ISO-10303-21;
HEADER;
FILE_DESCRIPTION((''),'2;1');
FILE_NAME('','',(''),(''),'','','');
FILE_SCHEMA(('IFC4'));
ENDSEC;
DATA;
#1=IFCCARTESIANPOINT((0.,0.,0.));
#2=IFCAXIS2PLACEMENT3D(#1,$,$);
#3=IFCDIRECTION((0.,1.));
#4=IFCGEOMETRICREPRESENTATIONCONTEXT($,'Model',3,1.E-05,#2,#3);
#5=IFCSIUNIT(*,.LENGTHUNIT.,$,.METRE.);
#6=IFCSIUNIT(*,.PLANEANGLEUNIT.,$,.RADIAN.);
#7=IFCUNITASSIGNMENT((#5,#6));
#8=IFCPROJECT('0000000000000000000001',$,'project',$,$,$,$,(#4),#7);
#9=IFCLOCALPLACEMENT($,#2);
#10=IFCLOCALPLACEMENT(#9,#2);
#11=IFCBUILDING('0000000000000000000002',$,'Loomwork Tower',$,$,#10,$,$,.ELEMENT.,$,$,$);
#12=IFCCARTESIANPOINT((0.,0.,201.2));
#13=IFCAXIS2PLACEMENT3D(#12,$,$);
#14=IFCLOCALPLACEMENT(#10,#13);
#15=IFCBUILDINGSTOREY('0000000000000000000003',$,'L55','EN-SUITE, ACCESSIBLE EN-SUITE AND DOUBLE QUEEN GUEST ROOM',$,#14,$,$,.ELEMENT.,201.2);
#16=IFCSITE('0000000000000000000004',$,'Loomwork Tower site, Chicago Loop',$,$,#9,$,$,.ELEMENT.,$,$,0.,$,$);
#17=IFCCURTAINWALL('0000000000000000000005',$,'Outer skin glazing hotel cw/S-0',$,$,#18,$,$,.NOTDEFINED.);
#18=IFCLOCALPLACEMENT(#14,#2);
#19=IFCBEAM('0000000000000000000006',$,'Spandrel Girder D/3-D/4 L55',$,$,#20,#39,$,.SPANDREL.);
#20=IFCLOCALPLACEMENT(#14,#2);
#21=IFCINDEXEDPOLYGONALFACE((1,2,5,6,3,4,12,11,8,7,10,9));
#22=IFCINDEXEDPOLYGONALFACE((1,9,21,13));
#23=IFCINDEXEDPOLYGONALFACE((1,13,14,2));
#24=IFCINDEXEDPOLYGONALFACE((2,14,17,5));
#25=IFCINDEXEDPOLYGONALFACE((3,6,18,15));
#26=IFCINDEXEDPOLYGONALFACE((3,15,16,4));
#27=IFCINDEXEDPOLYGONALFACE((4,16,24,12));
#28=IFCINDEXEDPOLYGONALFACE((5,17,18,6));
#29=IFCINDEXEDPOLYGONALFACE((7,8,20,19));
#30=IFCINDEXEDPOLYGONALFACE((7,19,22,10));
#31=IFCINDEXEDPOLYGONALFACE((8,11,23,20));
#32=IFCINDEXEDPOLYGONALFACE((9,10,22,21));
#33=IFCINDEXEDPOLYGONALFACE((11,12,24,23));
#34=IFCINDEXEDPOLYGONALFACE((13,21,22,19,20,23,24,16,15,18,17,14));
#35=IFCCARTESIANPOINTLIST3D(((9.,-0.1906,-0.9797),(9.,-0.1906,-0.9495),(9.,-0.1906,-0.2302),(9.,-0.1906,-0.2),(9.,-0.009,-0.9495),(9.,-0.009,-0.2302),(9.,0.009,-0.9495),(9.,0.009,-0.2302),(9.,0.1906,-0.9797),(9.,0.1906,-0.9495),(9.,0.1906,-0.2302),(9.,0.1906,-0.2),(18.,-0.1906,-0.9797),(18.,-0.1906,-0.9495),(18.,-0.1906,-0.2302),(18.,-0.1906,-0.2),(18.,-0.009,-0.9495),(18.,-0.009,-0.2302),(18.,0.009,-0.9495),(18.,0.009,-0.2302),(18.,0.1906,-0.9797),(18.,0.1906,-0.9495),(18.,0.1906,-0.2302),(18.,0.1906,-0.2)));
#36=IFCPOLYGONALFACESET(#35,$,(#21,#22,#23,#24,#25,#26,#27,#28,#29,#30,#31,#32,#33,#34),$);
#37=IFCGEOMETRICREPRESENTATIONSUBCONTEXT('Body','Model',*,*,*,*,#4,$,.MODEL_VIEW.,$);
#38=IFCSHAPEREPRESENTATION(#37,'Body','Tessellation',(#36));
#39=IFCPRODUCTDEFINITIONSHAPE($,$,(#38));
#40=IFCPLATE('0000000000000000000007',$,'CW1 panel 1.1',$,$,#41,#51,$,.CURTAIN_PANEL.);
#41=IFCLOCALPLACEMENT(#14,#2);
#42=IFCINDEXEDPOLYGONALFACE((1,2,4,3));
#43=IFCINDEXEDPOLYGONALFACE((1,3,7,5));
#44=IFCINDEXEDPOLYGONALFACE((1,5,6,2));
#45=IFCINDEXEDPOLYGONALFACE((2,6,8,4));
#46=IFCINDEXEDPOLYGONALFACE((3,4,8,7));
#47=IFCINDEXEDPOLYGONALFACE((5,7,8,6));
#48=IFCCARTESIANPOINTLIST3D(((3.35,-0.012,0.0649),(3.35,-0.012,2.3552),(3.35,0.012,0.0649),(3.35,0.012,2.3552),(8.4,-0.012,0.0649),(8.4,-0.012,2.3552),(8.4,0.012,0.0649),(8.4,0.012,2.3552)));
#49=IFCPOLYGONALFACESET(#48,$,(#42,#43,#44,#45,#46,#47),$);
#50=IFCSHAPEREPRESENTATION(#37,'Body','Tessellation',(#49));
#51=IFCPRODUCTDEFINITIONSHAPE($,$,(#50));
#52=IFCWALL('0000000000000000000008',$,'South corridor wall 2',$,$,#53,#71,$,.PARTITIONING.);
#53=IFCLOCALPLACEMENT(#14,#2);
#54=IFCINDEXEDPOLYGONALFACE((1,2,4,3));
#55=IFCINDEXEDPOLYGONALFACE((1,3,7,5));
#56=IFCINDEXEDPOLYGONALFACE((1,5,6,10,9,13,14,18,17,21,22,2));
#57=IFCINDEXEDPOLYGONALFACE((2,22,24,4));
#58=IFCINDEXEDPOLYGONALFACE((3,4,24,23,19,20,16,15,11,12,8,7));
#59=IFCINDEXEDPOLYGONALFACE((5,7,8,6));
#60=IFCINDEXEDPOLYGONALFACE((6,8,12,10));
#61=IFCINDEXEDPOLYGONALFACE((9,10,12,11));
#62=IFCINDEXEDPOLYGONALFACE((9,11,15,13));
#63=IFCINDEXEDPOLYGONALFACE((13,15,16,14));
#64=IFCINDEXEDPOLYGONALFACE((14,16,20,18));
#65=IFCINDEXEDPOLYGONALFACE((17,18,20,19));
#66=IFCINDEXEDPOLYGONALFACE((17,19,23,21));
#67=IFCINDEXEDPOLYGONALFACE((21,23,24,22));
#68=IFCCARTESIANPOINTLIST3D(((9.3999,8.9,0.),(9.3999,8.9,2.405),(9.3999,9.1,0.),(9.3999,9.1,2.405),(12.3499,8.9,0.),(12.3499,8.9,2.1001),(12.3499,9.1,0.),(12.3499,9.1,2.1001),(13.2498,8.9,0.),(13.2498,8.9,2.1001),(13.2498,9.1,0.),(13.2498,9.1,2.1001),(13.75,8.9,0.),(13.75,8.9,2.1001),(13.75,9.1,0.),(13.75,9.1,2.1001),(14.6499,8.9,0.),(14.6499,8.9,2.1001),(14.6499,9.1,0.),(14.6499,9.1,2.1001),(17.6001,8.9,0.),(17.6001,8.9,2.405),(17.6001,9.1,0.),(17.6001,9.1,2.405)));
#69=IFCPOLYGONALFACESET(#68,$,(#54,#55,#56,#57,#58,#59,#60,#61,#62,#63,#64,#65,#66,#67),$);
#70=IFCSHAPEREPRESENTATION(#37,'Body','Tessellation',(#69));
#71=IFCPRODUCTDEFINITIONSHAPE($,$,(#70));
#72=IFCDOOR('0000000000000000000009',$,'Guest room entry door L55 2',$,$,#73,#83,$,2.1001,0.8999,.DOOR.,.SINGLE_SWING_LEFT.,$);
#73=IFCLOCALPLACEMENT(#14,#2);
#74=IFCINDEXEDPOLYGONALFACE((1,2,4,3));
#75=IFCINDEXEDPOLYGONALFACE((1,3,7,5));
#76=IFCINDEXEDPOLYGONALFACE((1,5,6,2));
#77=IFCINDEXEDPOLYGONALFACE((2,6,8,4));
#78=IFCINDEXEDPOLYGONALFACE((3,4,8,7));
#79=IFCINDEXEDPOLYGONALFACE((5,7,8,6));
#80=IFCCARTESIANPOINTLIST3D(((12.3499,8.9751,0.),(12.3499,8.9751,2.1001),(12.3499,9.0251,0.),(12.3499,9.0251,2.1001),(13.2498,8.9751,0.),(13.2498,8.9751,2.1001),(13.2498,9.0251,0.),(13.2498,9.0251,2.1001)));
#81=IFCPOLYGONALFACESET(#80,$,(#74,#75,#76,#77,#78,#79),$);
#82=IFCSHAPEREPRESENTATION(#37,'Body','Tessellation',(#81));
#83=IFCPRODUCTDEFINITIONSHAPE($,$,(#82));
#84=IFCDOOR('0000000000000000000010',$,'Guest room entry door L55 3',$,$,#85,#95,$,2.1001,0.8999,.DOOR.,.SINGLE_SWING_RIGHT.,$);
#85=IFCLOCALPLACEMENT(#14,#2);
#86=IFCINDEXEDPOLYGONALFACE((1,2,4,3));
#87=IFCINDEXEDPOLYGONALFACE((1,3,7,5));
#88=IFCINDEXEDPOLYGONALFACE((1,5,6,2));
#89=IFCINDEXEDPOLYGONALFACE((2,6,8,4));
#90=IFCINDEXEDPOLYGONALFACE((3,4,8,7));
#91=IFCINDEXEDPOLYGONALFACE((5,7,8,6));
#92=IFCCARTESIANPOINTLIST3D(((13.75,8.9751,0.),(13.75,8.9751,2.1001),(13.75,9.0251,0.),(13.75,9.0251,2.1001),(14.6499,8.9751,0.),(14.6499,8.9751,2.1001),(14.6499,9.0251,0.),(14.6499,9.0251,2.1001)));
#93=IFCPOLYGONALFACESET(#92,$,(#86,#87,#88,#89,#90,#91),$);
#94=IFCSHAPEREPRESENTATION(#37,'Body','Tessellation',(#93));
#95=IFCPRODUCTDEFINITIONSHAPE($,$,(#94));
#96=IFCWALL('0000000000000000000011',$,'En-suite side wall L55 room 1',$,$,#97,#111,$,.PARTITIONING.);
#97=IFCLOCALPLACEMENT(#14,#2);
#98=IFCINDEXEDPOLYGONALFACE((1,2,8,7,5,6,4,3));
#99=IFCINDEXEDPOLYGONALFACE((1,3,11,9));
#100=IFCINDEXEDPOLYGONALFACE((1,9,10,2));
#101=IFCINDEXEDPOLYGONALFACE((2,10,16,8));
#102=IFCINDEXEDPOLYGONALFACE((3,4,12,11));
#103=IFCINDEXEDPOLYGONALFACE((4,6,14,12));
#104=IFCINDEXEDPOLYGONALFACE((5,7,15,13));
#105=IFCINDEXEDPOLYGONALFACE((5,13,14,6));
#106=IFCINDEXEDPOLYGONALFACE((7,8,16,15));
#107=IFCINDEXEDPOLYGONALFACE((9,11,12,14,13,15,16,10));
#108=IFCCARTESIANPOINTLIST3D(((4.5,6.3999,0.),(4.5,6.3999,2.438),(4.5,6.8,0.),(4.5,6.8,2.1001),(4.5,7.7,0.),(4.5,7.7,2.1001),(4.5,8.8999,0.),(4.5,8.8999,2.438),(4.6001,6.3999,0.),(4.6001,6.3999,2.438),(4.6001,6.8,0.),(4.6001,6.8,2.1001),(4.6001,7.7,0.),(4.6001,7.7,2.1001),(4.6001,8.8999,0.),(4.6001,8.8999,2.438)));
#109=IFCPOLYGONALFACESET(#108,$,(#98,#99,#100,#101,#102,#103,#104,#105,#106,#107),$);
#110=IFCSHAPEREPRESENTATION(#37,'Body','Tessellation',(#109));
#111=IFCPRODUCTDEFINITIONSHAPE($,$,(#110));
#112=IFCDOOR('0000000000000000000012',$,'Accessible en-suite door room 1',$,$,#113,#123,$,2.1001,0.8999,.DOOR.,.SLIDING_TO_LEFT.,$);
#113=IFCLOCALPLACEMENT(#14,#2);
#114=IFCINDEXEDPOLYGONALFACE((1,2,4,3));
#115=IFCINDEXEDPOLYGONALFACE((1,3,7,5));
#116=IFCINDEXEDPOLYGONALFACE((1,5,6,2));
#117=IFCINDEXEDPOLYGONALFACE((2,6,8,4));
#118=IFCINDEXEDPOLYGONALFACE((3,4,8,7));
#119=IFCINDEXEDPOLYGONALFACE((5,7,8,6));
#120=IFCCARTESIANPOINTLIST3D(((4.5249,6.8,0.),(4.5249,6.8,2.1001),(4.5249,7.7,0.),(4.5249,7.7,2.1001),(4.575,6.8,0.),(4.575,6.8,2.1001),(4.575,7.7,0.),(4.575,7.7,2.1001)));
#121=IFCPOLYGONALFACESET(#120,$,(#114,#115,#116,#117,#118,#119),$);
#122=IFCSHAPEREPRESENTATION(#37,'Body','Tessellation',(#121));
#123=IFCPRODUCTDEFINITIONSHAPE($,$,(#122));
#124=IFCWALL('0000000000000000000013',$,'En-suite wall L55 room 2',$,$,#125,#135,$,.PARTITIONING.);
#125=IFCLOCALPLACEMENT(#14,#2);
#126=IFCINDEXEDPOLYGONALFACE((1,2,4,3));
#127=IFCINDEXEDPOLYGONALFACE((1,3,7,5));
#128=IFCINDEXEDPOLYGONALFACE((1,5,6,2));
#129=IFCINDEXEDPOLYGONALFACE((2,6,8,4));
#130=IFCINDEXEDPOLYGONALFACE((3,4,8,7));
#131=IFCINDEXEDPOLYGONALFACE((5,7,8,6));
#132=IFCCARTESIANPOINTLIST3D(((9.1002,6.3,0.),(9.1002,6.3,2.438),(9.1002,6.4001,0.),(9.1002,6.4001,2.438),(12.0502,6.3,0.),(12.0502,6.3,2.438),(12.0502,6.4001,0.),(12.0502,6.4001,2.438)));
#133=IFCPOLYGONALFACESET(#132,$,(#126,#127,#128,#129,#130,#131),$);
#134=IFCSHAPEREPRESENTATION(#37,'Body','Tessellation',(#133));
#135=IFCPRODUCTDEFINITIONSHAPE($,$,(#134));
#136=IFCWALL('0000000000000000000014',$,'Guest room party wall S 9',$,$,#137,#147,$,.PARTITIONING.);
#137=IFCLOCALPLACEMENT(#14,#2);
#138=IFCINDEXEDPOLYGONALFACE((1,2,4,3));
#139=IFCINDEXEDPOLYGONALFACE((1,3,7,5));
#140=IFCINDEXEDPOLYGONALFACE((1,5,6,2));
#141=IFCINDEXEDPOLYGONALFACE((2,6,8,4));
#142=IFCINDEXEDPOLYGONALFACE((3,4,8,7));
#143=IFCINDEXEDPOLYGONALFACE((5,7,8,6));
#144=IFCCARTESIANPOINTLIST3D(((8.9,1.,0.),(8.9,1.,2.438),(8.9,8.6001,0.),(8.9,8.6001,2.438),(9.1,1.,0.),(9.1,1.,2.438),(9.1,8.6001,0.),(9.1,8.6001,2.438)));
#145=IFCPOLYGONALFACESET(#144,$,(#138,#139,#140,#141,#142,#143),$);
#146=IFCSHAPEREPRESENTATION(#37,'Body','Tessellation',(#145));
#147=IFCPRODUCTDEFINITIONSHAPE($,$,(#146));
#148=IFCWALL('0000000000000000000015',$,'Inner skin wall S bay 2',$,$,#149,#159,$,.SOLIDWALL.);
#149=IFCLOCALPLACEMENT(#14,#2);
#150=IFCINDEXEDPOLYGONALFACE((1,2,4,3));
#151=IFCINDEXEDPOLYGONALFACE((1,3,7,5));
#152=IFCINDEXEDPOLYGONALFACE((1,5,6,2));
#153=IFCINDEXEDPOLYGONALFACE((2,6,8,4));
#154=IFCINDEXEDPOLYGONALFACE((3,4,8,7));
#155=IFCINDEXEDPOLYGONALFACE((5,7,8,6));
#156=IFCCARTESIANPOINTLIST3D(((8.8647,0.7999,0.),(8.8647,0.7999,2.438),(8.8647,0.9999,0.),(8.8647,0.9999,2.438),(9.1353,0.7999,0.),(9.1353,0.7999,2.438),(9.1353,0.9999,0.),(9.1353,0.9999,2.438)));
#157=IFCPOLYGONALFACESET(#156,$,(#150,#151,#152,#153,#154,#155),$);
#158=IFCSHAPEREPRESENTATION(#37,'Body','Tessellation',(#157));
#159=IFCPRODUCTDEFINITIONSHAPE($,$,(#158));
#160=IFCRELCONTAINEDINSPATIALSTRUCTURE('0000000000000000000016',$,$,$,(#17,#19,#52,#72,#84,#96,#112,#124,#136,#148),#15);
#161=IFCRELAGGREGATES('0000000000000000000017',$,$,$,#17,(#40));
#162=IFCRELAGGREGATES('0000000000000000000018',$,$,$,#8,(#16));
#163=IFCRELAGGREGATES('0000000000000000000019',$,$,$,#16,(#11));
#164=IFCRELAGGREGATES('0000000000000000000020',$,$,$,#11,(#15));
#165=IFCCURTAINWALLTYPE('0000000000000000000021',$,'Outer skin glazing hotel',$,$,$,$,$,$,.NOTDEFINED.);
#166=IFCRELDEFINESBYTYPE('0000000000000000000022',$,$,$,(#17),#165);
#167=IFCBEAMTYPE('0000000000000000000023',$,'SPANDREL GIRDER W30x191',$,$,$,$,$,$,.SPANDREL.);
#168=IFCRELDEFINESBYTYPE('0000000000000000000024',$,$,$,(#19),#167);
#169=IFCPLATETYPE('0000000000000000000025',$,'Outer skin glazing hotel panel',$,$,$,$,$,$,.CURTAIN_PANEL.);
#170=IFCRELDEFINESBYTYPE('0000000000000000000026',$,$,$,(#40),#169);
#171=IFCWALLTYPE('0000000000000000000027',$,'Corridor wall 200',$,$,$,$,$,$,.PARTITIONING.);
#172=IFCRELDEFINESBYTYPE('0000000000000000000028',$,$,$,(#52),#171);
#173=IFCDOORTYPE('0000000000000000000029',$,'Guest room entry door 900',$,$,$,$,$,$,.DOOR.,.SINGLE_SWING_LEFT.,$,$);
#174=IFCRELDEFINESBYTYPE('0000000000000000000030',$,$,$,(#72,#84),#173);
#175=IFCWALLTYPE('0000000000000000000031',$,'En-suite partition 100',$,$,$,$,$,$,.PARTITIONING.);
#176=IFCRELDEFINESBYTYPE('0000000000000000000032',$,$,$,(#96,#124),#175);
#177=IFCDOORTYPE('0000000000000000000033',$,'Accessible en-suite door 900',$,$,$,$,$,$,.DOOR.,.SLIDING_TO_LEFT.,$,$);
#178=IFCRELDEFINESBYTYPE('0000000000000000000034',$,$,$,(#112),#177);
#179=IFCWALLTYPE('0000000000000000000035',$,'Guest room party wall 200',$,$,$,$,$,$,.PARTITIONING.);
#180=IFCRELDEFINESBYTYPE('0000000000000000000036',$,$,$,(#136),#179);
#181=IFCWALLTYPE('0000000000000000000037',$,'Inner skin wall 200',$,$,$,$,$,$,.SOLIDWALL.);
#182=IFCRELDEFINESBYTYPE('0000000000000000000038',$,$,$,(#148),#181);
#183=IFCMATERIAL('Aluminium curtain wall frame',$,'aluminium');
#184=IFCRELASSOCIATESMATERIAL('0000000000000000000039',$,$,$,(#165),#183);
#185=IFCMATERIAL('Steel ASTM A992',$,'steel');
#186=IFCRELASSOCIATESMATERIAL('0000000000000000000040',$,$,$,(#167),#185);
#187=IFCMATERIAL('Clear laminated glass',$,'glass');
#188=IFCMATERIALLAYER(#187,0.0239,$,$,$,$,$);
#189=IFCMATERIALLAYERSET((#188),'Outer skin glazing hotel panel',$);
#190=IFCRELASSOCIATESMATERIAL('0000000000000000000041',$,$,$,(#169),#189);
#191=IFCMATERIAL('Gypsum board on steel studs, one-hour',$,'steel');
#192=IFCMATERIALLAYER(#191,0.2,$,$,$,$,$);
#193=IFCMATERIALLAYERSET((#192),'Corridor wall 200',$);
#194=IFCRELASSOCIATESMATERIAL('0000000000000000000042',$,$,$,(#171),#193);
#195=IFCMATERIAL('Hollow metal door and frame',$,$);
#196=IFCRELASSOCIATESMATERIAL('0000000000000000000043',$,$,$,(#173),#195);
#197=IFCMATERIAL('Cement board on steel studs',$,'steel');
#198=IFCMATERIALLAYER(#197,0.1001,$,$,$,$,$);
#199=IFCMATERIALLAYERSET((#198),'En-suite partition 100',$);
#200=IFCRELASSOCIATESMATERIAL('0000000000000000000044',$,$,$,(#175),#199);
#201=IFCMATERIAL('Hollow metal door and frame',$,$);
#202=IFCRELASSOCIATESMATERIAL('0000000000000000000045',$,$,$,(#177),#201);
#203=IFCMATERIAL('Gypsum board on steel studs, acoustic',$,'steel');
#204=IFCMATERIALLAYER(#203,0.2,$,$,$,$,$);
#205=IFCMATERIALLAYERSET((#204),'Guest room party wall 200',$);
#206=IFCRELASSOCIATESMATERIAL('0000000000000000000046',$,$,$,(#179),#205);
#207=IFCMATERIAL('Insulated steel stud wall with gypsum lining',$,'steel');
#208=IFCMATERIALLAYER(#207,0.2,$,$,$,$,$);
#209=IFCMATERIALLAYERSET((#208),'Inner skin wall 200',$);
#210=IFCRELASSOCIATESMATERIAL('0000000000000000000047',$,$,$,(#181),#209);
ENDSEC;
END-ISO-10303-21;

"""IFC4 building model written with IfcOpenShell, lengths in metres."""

from ifc_helpers import new_model, si_unit, direction, frame, frame_2d, origin, origin_2d, place, context, subcontext, project, spatial, rectangle, i_section, extrude, material, layer, layer_set, material_profile, profile_set, type_object, element, fill, aggregate, save


model = new_model("IFC4")

# Units and contexts
model_context = context("Model", 3, precision=1e-05, world=origin(), true_north=direction((0.0, 1.0)))
body_context = subcontext(model_context, "Body", "Model", "MODEL_VIEW")
ifc_project = project(units=[si_unit("LENGTHUNIT", "METRE"), si_unit("PLANEANGLEUNIT", "RADIAN")], contexts=[model_context])

# Site, building, storey
site_placement = place(None, origin())
site = spatial("IfcSite", under=ifc_project, at=site_placement, Name="Loomwork Tower site, Chicago Loop", CompositionType="ELEMENT", RefElevation=0.0)
building_placement = place(site_placement, origin())
building = spatial("IfcBuilding", under=site, at=building_placement, Name="Loomwork Tower", CompositionType="ELEMENT")
storey_placement = place(building_placement, frame((0.0, 0.0, 201.2)))
storey = spatial("IfcBuildingStorey", under=building, at=storey_placement, Name="L55", Description="EN-SUITE, ACCESSIBLE EN-SUITE AND DOUBLE QUEEN GUEST ROOM", CompositionType="ELEMENT", Elevation=201.2)

# Curtain wall
ifc_material_1 = material(Name="Aluminium curtain wall frame", Category="aluminium")
curtain_wall_type = type_object("IfcCurtainWallType", Name="Outer skin glazing hotel", PredefinedType="NOTDEFINED", material=ifc_material_1)
curtain_wall_1_placement = place(storey_placement, origin())
curtain_wall_1 = element("IfcCurtainWall", 1, at=curtain_wall_1_placement, inside=storey, type_object=curtain_wall_type, Name="Outer skin glazing hotel cw/S-0", PredefinedType="NOTDEFINED")

# Beam
ifc_material_2 = material(Name="Steel ASTM A992", Category="steel")
ifc_material_profile_1 = material_profile(ifc_material_2, i_section(OverallWidth=0.3811, OverallDepth=0.7798, WebThickness=0.0181, FlangeThickness=0.0303, at=origin_2d()), Name="W30x191")
ifc_profile_set_1 = profile_set([ifc_material_profile_1], Name="Steel ASTM A992")
beam_type_1 = type_object("IfcBeamType", Name="SPANDREL GIRDER W30x191", PredefinedType="SPANDREL", material=ifc_profile_set_1)
beam_1_placement = place(storey_placement, frame((9.0, 0.0, -0.5898), z_axis=(1.0, 0.0, 0.0), x_axis=(0.0, 1.0, 0.0)))
element("IfcBeam", 2, at=beam_1_placement, inside=storey, type_object=beam_type_1, Name="Spandrel Girder D/3-D/4 L55", PredefinedType="SPANDREL", context=body_context, shape_type="SweptSolid", body=[
    extrude(i_section(OverallWidth=0.3811, OverallDepth=0.7798, WebThickness=0.0181, FlangeThickness=0.0303, at=origin_2d()), origin(), (0.0, 0.0, 1.0), 9.0),
])

# Plate
ifc_material_3 = material(Name="Clear laminated glass", Category="glass")
ifc_layer_1 = layer(ifc_material_3, 0.0239)
ifc_layer_set_1 = layer_set([ifc_layer_1], Name="Outer skin glazing hotel panel")
plate_type = type_object("IfcPlateType", Name="Outer skin glazing hotel panel", PredefinedType="CURTAIN_PANEL", material=ifc_layer_set_1)
plate_placement = place(storey_placement, frame((5.875, 0.0, 0.0649), z_axis=(0.0, 0.0, 1.0), x_axis=(1.0, 0.0, 0.0)))
plate = element("IfcPlate", 3, at=plate_placement, type_object=plate_type, Name="CW1 panel 1.1", PredefinedType="CURTAIN_PANEL", context=body_context, shape_type="SweptSolid", body=[
    extrude(rectangle(XDim=5.05, YDim=0.0239, at=origin_2d()), origin(), (0.0, 0.0, 1.0), 2.2903),
])
aggregate(curtain_wall_1, [plate])

# Wall, openings, doors
ifc_material_4 = material(Name="Gypsum board on steel studs, one-hour", Category="steel")
ifc_layer_2 = layer(ifc_material_4, 0.2)
ifc_layer_set_2 = layer_set([ifc_layer_2], Name="Corridor wall 200")
wall_type_1 = type_object("IfcWallType", Name="Corridor wall 200", PredefinedType="PARTITIONING", material=ifc_layer_set_2)
wall_1_placement = place(storey_placement, frame((9.3999, 9.0, 0.0), z_axis=(0.0, 0.0, 1.0), x_axis=(1.0, 0.0, 0.0)))
wall_1 = element("IfcWall", 4, at=wall_1_placement, inside=storey, type_object=wall_type_1, Name="South corridor wall 2", PredefinedType="PARTITIONING", context=body_context, shape_type="SweptSolid", body=[
    extrude(rectangle(XDim=8.2002, YDim=0.2, at=frame_2d((4.1001, 0.0))), origin(), (0.0, 0.0, 1.0), 2.405),
])
opening_1_placement = place(wall_1_placement, frame((2.95, 0.0, 0.0)))
opening_1 = element("IfcOpeningElement", 5, at=opening_1_placement, cuts=wall_1, PredefinedType="OPENING", context=body_context, shape_type="SweptSolid", body=[
    extrude(rectangle(XDim=0.8999, YDim=2.1001, at=frame_2d((0.45, 1.05))), frame((0.0, 0.1099, 0.0), z_axis=(0.0, -1.0, 0.0), x_axis=(1.0, 0.0, 0.0)), (0.0, 0.0, 1.0), 0.22),
])
opening_2_placement = place(wall_1_placement, frame((4.3501, 0.0, 0.0)))
opening_2 = element("IfcOpeningElement", 6, at=opening_2_placement, cuts=wall_1, PredefinedType="OPENING", context=body_context, shape_type="SweptSolid", body=[
    extrude(rectangle(XDim=0.8999, YDim=2.1001, at=frame_2d((0.45, 1.05))), frame((0.0, 0.1099, 0.0), z_axis=(0.0, -1.0, 0.0), x_axis=(1.0, 0.0, 0.0)), (0.0, 0.0, 1.0), 0.22),
])
ifc_material_5 = material(Name="Hollow metal door and frame")
door_type_1 = type_object("IfcDoorType", Name="Guest room entry door 900", OperationType="SINGLE_SWING_LEFT", PredefinedType="DOOR", material=ifc_material_5)
door_1_placement = place(opening_1_placement, frame((0.8999, 0.0, 0.0), z_axis=(0.0, 0.0, 1.0), x_axis=(-1.0, 0.0, 0.0)))
door_1 = element("IfcDoor", 7, at=door_1_placement, inside=storey, type_object=door_type_1, Name="Guest room entry door L55 2", OperationType="SINGLE_SWING_LEFT", OverallHeight=2.1001, OverallWidth=0.8999, PredefinedType="DOOR", context=body_context, shape_type="SweptSolid", body=[
    extrude(rectangle(XDim=0.8999, YDim=2.1001, at=frame_2d((0.45, 1.05))), frame((0.0, 0.0249, 0.0), z_axis=(0.0, -1.0, 0.0), x_axis=(1.0, 0.0, 0.0)), (0.0, 0.0, 1.0), 0.05),
])
fill(opening_1, door_1)
door_2_placement = place(opening_2_placement, frame((0.8999, 0.0, 0.0), z_axis=(0.0, 0.0, 1.0), x_axis=(-1.0, 0.0, 0.0)))
door_2 = element("IfcDoor", 8, at=door_2_placement, inside=storey, type_object=door_type_1, Name="Guest room entry door L55 3", OperationType="SINGLE_SWING_RIGHT", OverallHeight=2.1001, OverallWidth=0.8999, PredefinedType="DOOR", context=body_context, shape_type="SweptSolid", body=[
    extrude(rectangle(XDim=0.8999, YDim=2.1001, at=frame_2d((0.45, 1.05))), frame((0.0, 0.0249, 0.0), z_axis=(0.0, -1.0, 0.0), x_axis=(1.0, 0.0, 0.0)), (0.0, 0.0, 1.0), 0.05),
])
fill(opening_2, door_2)

# Wall, opening, door
ifc_material_6 = material(Name="Cement board on steel studs", Category="steel")
ifc_layer_3 = layer(ifc_material_6, 0.1001)
ifc_layer_set_3 = layer_set([ifc_layer_3], Name="En-suite partition 100")
wall_type_2 = type_object("IfcWallType", Name="En-suite partition 100", PredefinedType="PARTITIONING", material=ifc_layer_set_3)
wall_2_placement = place(storey_placement, frame((4.55, 8.8999, 0.0), z_axis=(0.0, 0.0, 1.0), x_axis=(0.0, -1.0, 0.0)))
wall_2 = element("IfcWall", 9, at=wall_2_placement, inside=storey, type_object=wall_type_2, Name="En-suite side wall L55 room 1", PredefinedType="PARTITIONING", context=body_context, shape_type="SweptSolid", body=[
    extrude(rectangle(XDim=2.5, YDim=0.1001, at=frame_2d((1.25, 0.0))), origin(), (0.0, 0.0, 1.0), 2.438),
])
opening_3_placement = place(wall_2_placement, frame((1.2, 0.0, 0.0)))
opening_3 = element("IfcOpeningElement", 10, at=opening_3_placement, cuts=wall_2, PredefinedType="OPENING", context=body_context, shape_type="SweptSolid", body=[
    extrude(rectangle(XDim=0.8999, YDim=2.1001, at=frame_2d((0.45, 1.05))), frame((0.0, 0.0601, 0.0), z_axis=(0.0, -1.0, 0.0), x_axis=(1.0, 0.0, 0.0)), (0.0, 0.0, 1.0), 0.1201),
])
ifc_material_7 = material(Name="Hollow metal door and frame")
door_type_2 = type_object("IfcDoorType", Name="Accessible en-suite door 900", OperationType="SLIDING_TO_LEFT", PredefinedType="DOOR", material=ifc_material_7)
door_3_placement = place(opening_3_placement, origin())
door_3 = element("IfcDoor", 11, at=door_3_placement, inside=storey, type_object=door_type_2, Name="Accessible en-suite door room 1", OperationType="SLIDING_TO_LEFT", OverallHeight=2.1001, OverallWidth=0.8999, PredefinedType="DOOR", context=body_context, shape_type="SweptSolid", body=[
    extrude(rectangle(XDim=0.8999, YDim=2.1001, at=frame_2d((0.45, 1.05))), frame((0.0, 0.0249, 0.0), z_axis=(0.0, -1.0, 0.0), x_axis=(1.0, 0.0, 0.0)), (0.0, 0.0, 1.0), 0.05),
])
fill(opening_3, door_3)

# Walls
wall_3_placement = place(storey_placement, frame((9.1001, 6.3501, 0.0), z_axis=(0.0, 0.0, 1.0), x_axis=(1.0, 0.0, 0.0)))
element("IfcWall", 12, at=wall_3_placement, inside=storey, type_object=wall_type_2, Name="En-suite wall L55 room 2", PredefinedType="PARTITIONING", context=body_context, shape_type="SweptSolid", body=[
    extrude(rectangle(XDim=2.95, YDim=0.1001, at=frame_2d((1.4751, 0.0))), origin(), (0.0, 0.0, 1.0), 2.438),
])
ifc_material_8 = material(Name="Gypsum board on steel studs, acoustic", Category="steel")
ifc_layer_4 = layer(ifc_material_8, 0.2)
ifc_layer_set_4 = layer_set([ifc_layer_4], Name="Guest room party wall 200")
wall_type_3 = type_object("IfcWallType", Name="Guest room party wall 200", PredefinedType="PARTITIONING", material=ifc_layer_set_4)
wall_4_placement = place(storey_placement, frame((9.0, 8.6001, 0.0), z_axis=(0.0, 0.0, 1.0), x_axis=(0.0, -1.0, 0.0)))
element("IfcWall", 13, at=wall_4_placement, inside=storey, type_object=wall_type_3, Name="Guest room party wall S 9", PredefinedType="PARTITIONING", context=body_context, shape_type="SweptSolid", body=[
    extrude(rectangle(XDim=7.6001, YDim=0.2, at=frame_2d((3.8, 0.0))), origin(), (0.0, 0.0, 1.0), 2.438),
])
ifc_material_9 = material(Name="Insulated steel stud wall with gypsum lining", Category="steel")
ifc_layer_5 = layer(ifc_material_9, 0.2)
ifc_layer_set_5 = layer_set([ifc_layer_5], Name="Inner skin wall 200")
wall_type_4 = type_object("IfcWallType", Name="Inner skin wall 200", PredefinedType="SOLIDWALL", material=ifc_layer_set_5)
wall_5_placement = place(storey_placement, frame((8.8647, 0.8999, 0.0), z_axis=(0.0, 0.0, 1.0), x_axis=(1.0, 0.0, 0.0)))
element("IfcWall", 14, at=wall_5_placement, inside=storey, type_object=wall_type_4, Name="Inner skin wall S bay 2", PredefinedType="SOLIDWALL", context=body_context, shape_type="SweptSolid", body=[
    extrude(rectangle(XDim=0.2705, YDim=0.2, at=frame_2d((0.1353, 0.0))), origin(), (0.0, 0.0, 1.0), 2.438),
])

save(model, "model.ifc")
